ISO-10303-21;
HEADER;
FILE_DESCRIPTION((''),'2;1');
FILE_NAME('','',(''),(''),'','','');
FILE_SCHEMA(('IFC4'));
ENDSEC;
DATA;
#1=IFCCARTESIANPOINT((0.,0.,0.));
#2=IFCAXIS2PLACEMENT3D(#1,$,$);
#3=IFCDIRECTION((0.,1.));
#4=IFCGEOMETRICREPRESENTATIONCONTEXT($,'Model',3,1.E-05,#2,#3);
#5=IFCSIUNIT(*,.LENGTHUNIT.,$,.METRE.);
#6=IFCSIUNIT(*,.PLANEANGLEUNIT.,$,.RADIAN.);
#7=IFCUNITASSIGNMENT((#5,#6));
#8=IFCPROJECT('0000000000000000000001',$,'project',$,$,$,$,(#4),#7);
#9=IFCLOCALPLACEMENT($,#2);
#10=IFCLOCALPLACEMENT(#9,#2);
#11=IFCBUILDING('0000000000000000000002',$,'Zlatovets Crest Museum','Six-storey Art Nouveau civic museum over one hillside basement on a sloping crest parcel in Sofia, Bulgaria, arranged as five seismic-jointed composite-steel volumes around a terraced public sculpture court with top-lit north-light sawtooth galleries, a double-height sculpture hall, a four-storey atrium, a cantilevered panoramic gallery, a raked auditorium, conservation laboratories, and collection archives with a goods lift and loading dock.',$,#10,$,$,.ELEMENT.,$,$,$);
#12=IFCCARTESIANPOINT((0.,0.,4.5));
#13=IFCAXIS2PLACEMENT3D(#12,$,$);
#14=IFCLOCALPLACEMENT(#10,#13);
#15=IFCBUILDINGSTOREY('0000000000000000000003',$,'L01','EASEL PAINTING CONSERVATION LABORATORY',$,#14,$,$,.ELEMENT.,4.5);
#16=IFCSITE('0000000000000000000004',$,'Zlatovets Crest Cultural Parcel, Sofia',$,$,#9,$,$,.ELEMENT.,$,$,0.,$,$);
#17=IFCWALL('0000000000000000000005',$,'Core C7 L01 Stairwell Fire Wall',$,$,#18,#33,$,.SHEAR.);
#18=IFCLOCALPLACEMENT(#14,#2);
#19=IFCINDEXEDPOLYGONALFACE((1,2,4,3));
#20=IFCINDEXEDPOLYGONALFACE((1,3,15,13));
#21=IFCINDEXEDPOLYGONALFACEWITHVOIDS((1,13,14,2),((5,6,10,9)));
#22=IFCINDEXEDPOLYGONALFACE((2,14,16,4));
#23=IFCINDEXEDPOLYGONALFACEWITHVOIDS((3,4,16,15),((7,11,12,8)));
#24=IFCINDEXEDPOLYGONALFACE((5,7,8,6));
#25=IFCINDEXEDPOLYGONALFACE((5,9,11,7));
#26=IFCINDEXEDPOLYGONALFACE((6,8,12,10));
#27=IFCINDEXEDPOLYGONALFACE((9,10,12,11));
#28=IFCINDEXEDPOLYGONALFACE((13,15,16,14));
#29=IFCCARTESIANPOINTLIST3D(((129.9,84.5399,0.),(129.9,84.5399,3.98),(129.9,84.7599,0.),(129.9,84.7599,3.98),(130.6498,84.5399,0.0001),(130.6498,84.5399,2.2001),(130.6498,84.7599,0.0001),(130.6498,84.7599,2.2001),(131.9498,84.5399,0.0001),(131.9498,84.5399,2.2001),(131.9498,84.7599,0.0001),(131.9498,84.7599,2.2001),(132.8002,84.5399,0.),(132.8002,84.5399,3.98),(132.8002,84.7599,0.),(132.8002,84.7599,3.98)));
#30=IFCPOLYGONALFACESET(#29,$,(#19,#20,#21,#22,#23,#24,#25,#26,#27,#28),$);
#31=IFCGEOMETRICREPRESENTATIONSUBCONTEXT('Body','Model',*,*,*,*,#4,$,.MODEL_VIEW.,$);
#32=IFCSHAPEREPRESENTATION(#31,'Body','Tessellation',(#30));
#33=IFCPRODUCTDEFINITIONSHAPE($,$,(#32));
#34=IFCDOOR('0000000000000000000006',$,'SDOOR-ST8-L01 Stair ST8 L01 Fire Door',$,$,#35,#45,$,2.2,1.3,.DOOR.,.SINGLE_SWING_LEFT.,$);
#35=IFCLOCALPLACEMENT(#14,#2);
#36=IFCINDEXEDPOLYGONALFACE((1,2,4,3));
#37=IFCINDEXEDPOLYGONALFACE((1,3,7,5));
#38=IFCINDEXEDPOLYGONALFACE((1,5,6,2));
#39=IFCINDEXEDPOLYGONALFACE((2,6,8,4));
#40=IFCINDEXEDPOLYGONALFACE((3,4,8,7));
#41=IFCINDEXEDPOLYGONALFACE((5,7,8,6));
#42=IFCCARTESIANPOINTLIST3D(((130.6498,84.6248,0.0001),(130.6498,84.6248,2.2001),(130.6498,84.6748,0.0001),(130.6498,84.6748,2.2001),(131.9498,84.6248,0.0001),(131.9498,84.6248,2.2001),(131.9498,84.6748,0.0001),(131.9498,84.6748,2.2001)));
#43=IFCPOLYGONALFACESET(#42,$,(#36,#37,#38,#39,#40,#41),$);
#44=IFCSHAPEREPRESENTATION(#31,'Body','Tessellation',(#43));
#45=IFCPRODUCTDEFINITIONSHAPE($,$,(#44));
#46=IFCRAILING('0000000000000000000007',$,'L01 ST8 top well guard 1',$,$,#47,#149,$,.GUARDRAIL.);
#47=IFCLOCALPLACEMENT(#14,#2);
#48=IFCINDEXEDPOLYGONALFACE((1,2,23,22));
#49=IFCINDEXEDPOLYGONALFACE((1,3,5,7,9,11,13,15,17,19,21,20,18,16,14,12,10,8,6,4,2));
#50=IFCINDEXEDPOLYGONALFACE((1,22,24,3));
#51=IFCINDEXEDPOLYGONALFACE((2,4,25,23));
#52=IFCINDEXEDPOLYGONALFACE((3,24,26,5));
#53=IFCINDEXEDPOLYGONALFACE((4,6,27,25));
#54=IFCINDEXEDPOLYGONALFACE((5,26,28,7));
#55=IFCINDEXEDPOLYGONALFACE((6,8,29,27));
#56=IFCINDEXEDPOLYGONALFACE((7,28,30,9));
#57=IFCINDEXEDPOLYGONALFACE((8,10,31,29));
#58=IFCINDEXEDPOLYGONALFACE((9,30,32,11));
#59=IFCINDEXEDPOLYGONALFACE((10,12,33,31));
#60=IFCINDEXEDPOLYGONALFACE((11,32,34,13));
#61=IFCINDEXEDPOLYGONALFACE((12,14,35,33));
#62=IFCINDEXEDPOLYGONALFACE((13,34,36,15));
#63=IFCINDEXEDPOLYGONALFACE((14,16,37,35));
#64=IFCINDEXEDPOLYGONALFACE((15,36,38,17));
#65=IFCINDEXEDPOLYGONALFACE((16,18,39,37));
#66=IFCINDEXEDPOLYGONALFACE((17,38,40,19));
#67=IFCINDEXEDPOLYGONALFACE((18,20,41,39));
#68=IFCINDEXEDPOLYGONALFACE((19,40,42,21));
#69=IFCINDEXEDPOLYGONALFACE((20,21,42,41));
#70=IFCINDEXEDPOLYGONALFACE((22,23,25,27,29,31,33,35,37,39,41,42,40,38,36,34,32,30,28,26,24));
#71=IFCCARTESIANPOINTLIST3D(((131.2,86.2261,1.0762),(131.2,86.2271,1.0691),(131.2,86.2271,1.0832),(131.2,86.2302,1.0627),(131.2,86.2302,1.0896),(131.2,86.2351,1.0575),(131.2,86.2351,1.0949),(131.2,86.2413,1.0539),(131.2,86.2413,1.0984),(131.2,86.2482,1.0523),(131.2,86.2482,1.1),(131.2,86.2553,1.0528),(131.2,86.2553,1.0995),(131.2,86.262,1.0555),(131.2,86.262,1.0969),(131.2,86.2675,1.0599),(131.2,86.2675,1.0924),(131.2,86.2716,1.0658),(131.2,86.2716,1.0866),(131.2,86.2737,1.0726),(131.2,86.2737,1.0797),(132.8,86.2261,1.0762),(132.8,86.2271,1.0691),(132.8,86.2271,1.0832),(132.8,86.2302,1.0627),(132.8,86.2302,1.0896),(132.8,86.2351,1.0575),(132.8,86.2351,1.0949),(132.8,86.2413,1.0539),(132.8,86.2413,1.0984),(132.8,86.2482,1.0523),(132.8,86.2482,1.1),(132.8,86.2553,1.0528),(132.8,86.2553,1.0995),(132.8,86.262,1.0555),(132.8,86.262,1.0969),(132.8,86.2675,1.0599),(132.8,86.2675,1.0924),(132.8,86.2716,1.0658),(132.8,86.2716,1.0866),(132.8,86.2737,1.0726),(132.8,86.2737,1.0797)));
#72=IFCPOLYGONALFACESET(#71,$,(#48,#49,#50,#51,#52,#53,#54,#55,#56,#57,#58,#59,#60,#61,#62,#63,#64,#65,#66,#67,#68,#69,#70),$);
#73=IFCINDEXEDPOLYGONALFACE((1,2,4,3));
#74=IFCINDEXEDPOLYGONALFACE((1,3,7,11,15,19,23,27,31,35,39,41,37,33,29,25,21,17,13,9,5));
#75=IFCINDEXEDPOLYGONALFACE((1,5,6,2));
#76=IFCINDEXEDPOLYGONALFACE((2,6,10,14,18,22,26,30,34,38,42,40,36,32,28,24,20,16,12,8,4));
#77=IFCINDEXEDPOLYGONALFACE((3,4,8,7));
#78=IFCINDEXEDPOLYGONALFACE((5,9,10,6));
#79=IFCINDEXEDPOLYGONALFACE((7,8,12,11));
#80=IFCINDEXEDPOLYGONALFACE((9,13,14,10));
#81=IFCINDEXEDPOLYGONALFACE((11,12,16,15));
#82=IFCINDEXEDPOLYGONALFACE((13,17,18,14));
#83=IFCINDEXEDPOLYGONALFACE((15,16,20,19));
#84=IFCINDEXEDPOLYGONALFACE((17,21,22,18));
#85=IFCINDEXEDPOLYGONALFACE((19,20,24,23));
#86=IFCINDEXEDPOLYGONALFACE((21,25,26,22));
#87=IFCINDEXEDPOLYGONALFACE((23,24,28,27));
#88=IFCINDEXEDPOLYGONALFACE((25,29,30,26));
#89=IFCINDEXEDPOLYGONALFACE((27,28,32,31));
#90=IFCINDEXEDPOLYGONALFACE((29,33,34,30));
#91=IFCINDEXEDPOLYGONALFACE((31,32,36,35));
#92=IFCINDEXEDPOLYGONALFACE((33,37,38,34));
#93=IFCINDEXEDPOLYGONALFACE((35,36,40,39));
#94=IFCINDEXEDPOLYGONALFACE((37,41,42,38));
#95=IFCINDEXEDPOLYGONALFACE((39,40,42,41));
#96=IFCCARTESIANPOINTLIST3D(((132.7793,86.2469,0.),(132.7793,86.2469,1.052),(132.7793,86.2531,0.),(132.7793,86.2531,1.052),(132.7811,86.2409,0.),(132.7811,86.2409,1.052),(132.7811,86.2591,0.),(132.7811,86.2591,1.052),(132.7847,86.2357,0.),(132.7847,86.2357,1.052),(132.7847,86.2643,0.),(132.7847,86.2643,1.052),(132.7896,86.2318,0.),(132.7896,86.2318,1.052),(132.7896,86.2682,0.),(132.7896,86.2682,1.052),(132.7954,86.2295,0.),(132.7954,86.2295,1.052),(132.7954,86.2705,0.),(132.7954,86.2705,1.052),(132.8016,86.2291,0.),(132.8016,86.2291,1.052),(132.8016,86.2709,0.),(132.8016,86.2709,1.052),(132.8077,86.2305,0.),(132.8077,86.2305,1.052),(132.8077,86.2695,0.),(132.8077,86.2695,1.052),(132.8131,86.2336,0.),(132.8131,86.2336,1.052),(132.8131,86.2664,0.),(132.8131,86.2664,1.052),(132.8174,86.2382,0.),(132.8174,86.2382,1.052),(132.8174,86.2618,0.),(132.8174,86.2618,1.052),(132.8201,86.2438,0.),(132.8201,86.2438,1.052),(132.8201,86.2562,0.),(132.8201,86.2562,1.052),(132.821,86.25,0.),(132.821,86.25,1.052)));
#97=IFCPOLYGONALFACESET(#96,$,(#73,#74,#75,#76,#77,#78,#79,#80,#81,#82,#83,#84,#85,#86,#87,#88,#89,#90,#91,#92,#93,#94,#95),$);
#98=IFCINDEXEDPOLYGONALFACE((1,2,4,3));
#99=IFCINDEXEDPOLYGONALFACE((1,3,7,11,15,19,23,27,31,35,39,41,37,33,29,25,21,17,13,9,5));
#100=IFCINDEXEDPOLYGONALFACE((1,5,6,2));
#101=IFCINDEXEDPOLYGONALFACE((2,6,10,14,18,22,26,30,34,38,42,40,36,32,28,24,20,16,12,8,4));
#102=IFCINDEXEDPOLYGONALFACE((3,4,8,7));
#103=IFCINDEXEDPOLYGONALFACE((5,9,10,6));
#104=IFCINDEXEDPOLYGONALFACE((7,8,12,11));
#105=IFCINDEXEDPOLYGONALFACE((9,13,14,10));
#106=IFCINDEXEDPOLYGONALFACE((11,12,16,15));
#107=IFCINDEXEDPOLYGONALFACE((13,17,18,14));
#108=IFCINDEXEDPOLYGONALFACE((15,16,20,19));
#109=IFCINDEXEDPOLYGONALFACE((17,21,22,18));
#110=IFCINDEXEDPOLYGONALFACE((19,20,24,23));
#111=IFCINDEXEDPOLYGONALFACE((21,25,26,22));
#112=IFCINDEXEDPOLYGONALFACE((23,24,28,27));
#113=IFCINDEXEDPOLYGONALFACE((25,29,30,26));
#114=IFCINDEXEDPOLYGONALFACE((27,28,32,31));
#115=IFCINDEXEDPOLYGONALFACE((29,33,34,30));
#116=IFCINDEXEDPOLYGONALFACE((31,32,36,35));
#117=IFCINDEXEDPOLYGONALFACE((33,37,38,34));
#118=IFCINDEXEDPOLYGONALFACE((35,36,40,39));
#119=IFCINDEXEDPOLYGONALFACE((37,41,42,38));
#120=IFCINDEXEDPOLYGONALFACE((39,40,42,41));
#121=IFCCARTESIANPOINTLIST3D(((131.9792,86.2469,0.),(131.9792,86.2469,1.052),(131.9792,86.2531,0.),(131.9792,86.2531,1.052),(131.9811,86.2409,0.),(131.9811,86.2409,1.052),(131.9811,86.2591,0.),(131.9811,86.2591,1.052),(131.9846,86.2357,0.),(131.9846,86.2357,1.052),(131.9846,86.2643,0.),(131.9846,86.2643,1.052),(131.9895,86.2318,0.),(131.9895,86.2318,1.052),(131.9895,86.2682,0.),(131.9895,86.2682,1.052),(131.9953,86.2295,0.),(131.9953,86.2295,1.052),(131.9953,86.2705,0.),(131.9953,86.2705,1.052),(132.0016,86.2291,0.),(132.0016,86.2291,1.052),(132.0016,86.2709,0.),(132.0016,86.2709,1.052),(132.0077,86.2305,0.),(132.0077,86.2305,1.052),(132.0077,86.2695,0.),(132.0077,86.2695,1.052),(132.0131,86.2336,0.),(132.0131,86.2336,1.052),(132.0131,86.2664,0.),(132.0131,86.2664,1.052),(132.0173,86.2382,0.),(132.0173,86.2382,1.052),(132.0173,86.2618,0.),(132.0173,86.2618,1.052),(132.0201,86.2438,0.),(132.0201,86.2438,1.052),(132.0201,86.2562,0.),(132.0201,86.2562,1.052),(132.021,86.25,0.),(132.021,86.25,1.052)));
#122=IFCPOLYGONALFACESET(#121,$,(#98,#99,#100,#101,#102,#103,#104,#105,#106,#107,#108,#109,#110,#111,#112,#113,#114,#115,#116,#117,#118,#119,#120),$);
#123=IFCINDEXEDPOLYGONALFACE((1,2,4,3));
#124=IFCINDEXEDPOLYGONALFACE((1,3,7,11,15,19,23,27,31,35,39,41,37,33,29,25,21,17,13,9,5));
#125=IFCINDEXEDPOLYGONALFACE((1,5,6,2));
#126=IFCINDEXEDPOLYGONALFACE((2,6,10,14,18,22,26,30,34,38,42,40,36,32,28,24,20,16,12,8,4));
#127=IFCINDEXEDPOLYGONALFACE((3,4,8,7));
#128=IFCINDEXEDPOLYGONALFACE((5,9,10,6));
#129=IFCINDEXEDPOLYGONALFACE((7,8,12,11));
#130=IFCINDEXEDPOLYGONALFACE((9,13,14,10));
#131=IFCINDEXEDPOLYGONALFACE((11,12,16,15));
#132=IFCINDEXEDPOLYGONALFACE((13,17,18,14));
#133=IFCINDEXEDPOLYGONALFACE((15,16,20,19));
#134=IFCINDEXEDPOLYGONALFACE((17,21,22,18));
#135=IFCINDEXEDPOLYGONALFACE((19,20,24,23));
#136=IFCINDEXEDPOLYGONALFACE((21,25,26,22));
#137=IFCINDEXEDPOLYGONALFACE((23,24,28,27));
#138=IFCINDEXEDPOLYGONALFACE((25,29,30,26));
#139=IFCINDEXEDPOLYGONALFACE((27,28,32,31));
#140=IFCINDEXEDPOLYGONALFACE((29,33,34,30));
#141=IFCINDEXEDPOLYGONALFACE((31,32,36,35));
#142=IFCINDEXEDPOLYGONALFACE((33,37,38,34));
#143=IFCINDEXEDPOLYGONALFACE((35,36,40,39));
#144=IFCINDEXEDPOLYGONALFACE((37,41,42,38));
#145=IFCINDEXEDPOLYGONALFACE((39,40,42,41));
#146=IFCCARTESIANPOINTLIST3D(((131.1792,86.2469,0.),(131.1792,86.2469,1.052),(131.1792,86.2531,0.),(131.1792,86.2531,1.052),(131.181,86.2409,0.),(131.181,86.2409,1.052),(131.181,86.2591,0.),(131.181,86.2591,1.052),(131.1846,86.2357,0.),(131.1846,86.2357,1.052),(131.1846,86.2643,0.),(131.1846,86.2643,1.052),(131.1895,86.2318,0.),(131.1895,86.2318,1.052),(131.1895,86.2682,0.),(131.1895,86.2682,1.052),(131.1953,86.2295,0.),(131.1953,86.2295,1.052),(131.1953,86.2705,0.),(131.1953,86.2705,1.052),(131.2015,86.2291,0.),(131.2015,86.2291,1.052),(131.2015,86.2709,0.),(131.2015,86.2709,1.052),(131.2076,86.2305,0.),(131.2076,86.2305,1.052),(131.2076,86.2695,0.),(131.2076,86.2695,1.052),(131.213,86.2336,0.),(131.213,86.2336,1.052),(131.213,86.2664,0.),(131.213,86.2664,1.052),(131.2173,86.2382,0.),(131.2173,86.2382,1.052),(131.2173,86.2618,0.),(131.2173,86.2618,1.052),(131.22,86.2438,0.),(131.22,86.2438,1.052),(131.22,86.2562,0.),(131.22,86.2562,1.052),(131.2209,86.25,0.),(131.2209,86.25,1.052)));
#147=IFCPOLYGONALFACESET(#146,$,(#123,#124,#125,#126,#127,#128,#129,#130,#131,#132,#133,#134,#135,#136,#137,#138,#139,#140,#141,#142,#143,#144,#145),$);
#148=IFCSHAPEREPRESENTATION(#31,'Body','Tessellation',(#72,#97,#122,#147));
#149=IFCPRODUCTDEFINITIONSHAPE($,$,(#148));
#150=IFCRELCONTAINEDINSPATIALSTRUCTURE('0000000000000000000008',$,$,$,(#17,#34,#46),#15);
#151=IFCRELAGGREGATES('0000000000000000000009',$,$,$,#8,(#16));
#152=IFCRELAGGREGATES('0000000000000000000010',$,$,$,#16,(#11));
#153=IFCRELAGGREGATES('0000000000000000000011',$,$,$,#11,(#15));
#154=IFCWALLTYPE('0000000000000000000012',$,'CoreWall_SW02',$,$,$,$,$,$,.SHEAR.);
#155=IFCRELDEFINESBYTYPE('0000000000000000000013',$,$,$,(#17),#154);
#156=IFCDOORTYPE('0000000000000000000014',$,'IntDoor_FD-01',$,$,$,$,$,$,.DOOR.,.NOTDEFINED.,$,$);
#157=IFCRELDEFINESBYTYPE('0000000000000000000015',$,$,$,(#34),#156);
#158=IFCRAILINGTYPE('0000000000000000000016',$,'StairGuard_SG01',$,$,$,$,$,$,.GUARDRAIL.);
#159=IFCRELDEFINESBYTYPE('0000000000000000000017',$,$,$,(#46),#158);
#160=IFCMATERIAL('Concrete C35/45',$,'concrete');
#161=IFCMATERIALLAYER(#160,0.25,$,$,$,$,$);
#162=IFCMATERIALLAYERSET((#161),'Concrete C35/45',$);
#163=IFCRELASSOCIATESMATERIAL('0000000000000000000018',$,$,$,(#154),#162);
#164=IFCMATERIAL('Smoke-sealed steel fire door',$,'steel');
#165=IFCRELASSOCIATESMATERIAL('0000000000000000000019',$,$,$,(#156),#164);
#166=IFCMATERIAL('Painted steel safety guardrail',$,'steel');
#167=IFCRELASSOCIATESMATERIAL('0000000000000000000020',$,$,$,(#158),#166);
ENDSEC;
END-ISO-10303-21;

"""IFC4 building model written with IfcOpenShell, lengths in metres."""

from ifc_helpers import new_model, si_unit, direction, frame, frame_2d, origin, origin_2d, place, context, subcontext, project, spatial, rectangle, circle, extrude, material, layer, layer_set, type_object, element, fill, save


model = new_model("IFC4")

# Units and contexts
model_context = context("Model", 3, precision=1e-05, world=origin(), true_north=direction((0.0, 1.0)))
body_context = subcontext(model_context, "Body", "Model", "MODEL_VIEW")
ifc_project = project(units=[si_unit("LENGTHUNIT", "METRE"), si_unit("PLANEANGLEUNIT", "RADIAN")], contexts=[model_context])

# Site, building, storey
site_placement = place(None, origin())
site = spatial("IfcSite", under=ifc_project, at=site_placement, Name="Zlatovets Crest Cultural Parcel, Sofia", CompositionType="ELEMENT", RefElevation=0.0)
building_placement = place(site_placement, origin())
building = spatial("IfcBuilding", under=site, at=building_placement, Name="Zlatovets Crest Museum", Description="Six-storey Art Nouveau civic museum over one hillside basement on a sloping crest parcel in Sofia, Bulgaria, arranged as five seismic-jointed composite-steel volumes around a terraced public sculpture court with top-lit north-light sawtooth galleries, a double-height sculpture hall, a four-storey atrium, a cantilevered panoramic gallery, a raked auditorium, conservation laboratories, and collection archives with a goods lift and loading dock.", CompositionType="ELEMENT")
storey_placement = place(building_placement, frame((0.0, 0.0, 4.5)))
storey = spatial("IfcBuildingStorey", under=building, at=storey_placement, Name="L01", Description="EASEL PAINTING CONSERVATION LABORATORY", CompositionType="ELEMENT", Elevation=4.5)

# Shared definitions
ifc_material_1 = material(Name="Concrete C35/45", Category="concrete")

# Wall, opening, door
ifc_layer_1 = layer(ifc_material_1, 0.25)
ifc_layer_set_1 = layer_set([ifc_layer_1], Name="Concrete C35/45")
wall_type_1 = type_object("IfcWallType", Name="CoreWall_SW02", PredefinedType="SHEAR", material=ifc_layer_set_1)
wall_1_placement = place(storey_placement, frame((129.8999, 84.6499, 0.0), z_axis=(0.0, 0.0, 1.0), x_axis=(1.0, 0.0, 0.0)))
wall_1 = element("IfcWall", 1, at=wall_1_placement, inside=storey, type_object=wall_type_1, Name="Core C7 L01 Stairwell Fire Wall", PredefinedType="SHEAR", context=body_context, shape_type="SweptSolid", body=[
    extrude(rectangle(XDim=2.9001, YDim=0.22, at=frame_2d((1.4502, 0.0))), origin(), (0.0, 0.0, 1.0), 3.98),
])
opening_placement = place(wall_1_placement, frame((0.75, 0.0, 0.0)))
opening = element("IfcOpeningElement", 2, at=opening_placement, cuts=wall_1, PredefinedType="OPENING", context=body_context, shape_type="SweptSolid", body=[
    extrude(rectangle(XDim=1.3, YDim=2.2, at=frame_2d((0.6499, 1.1001))), frame((0.0, 0.1201, 0.0), z_axis=(0.0, -1.0, 0.0), x_axis=(1.0, 0.0, 0.0)), (0.0, 0.0, 1.0), 0.24),
])
ifc_material_2 = material(Name="Smoke-sealed steel fire door", Category="steel")
door_type = type_object("IfcDoorType", Name="IntDoor_FD-01", OperationType="NOTDEFINED", PredefinedType="DOOR", material=ifc_material_2)
door_placement = place(opening_placement, origin())
door = element("IfcDoor", 3, at=door_placement, inside=storey, type_object=door_type, Name="SDOOR-ST8-L01 Stair ST8 L01 Fire Door", OperationType="SINGLE_SWING_LEFT", OverallHeight=2.2, OverallWidth=1.3, PredefinedType="DOOR", context=body_context, shape_type="SweptSolid", body=[
    extrude(rectangle(XDim=1.3, YDim=2.2, at=frame_2d((0.6499, 1.1001))), frame((0.0, 0.0249, 0.0), z_axis=(0.0, -1.0, 0.0), x_axis=(1.0, 0.0, 0.0)), (0.0, 0.0, 1.0), 0.05),
])
fill(opening, door)

# Railing
ifc_material_3 = material(Name="Painted steel safety guardrail", Category="steel")
railing_type = type_object("IfcRailingType", Name="StairGuard_SG01", PredefinedType="GUARDRAIL", material=ifc_material_3)
railing_placement = place(storey_placement, frame((132.8, 86.25, 0.0)))
element("IfcRailing", 4, at=railing_placement, inside=storey, type_object=railing_type, Name="L01 ST8 top well guard 1", PredefinedType="GUARDRAIL", context=body_context, shape_type="SweptSolid", body=[
    extrude(circle(Radius=0.0239, at=origin_2d()), frame((0.0, 0.0, 1.0762), z_axis=(-1.0, 0.0, 0.0), x_axis=(0.0, -1.0, 0.0)), (0.0, 0.0, 1.0), 1.6001),
    extrude(circle(Radius=0.021, at=origin_2d()), origin(), (0.0, 0.0, 1.0), 1.052),
    extrude(circle(Radius=0.021, at=origin_2d()), frame((-0.8, 0.0, 0.0)), (0.0, 0.0, 1.0), 1.052),
    extrude(circle(Radius=0.021, at=origin_2d()), frame((-1.6001, 0.0, 0.0)), (0.0, 0.0, 1.0), 1.052),
])

save(model, "model.ifc")
